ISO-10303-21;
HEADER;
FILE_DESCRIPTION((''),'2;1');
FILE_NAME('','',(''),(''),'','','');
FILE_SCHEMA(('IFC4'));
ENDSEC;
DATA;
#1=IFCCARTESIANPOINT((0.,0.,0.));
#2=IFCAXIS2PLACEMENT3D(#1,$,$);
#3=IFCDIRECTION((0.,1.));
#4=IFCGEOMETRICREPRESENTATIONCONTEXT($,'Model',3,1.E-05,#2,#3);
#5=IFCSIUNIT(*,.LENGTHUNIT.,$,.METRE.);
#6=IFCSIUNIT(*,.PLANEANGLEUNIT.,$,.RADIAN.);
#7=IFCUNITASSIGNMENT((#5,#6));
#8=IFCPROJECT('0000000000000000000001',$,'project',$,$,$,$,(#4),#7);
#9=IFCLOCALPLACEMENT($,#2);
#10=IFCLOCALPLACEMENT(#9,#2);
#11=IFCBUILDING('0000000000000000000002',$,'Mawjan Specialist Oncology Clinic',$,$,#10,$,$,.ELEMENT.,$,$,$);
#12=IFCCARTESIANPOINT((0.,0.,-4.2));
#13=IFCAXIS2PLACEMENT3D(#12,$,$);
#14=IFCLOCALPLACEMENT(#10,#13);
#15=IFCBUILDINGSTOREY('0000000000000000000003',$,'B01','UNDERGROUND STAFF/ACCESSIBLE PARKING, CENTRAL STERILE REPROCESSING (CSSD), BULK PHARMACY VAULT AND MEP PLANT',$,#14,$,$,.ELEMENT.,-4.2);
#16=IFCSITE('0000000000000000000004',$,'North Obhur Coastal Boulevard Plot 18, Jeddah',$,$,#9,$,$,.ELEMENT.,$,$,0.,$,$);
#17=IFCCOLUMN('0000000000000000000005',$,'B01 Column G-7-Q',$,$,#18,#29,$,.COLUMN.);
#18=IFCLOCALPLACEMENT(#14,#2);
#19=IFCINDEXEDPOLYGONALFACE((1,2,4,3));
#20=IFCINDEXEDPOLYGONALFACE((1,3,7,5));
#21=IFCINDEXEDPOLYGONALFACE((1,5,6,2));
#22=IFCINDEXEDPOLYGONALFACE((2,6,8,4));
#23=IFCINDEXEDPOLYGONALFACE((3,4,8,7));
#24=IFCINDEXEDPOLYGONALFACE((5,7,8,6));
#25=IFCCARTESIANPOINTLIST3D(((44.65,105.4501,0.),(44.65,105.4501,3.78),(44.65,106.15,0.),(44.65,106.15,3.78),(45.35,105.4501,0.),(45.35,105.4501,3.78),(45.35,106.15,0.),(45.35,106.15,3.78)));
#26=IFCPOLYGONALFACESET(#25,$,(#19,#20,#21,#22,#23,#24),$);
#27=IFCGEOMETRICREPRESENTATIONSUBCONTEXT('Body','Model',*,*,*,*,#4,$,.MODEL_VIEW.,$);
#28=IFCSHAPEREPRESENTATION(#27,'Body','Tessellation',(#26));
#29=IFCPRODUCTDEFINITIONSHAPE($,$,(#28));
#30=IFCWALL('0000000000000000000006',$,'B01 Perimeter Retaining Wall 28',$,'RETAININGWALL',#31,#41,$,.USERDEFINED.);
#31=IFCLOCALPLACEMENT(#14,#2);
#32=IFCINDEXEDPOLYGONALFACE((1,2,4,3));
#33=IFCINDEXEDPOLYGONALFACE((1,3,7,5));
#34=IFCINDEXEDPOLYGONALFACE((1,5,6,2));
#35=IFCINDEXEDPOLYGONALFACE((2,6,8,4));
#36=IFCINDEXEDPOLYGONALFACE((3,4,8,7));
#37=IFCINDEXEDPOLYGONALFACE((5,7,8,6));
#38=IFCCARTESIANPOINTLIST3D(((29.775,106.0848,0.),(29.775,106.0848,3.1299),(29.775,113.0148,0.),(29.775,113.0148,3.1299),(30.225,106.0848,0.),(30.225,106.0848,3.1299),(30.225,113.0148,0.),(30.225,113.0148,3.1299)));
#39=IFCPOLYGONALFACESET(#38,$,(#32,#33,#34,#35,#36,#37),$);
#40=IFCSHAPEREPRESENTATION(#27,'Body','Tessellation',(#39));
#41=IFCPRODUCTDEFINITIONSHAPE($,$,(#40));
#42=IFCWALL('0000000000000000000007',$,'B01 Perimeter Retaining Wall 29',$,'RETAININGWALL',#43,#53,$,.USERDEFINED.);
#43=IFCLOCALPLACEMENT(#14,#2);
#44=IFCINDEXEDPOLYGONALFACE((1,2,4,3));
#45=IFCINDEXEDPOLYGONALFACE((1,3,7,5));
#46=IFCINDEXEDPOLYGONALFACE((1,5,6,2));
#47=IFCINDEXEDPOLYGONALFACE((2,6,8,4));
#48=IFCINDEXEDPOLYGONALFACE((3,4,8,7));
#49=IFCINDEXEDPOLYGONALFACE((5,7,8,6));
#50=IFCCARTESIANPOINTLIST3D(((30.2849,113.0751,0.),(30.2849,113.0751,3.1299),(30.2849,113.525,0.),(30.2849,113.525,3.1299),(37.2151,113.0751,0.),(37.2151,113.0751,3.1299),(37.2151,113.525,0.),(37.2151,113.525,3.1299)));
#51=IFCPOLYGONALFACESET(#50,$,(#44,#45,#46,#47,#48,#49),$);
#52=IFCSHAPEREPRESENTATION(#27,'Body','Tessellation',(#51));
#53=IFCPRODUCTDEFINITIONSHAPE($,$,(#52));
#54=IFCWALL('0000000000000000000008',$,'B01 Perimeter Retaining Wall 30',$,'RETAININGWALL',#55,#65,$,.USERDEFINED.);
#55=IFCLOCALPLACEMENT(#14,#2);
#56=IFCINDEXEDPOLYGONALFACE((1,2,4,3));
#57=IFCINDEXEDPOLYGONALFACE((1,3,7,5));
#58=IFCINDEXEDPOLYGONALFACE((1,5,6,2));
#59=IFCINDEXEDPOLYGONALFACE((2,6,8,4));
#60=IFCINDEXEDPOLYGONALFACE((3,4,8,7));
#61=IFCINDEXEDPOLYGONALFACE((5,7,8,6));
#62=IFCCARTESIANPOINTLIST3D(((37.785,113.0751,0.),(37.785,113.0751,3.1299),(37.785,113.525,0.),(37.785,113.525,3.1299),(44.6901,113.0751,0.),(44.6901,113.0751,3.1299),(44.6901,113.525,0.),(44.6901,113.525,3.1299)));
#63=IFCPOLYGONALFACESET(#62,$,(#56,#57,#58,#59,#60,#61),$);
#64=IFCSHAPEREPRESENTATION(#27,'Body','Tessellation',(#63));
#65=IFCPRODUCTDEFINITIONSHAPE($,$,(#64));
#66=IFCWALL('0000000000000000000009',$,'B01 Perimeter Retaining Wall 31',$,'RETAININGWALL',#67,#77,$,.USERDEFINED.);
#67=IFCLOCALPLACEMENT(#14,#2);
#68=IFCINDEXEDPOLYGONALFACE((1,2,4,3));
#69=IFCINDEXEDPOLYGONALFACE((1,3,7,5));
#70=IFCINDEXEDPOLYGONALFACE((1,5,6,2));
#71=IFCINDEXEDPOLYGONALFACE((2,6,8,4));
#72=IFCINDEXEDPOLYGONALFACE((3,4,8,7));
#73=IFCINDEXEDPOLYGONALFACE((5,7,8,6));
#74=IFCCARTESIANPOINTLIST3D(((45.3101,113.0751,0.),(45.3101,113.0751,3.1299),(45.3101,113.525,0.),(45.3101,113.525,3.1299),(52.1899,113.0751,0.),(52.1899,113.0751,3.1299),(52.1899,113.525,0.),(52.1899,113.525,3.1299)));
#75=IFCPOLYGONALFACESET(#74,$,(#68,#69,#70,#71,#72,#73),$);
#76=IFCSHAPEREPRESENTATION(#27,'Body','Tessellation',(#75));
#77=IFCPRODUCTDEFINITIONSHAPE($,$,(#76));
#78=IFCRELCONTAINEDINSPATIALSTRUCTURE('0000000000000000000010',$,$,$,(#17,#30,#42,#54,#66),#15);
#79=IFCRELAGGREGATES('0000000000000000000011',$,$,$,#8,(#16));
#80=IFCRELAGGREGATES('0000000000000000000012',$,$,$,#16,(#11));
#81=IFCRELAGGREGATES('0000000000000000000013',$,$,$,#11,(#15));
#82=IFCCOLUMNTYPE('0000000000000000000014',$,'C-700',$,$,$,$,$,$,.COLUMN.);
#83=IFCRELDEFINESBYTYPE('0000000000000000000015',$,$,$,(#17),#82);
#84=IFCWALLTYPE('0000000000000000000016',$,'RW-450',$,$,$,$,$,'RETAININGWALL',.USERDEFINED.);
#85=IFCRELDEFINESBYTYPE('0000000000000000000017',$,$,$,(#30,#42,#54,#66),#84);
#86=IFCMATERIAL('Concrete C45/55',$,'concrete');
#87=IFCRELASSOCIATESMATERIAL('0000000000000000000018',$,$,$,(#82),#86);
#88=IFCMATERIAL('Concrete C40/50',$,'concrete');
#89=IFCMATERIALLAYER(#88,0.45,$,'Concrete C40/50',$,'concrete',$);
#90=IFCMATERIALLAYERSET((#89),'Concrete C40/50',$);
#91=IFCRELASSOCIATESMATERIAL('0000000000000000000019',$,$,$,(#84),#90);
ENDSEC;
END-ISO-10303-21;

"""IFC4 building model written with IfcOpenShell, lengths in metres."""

from ifc_helpers import new_model, si_unit, direction, frame, frame_2d, origin, origin_2d, place, context, subcontext, project, spatial, rectangle, extrude, material, layer, layer_set, material_profile, profile_set, type_object, element, save


model = new_model("IFC4")

# Units and contexts
model_context = context("Model", 3, precision=1e-05, world=origin(), true_north=direction((0.0, 1.0)))
body_context = subcontext(model_context, "Body", "Model", "MODEL_VIEW")
ifc_project = project(units=[si_unit("LENGTHUNIT", "METRE"), si_unit("PLANEANGLEUNIT", "RADIAN")], contexts=[model_context])

# Site, building, storey
site_placement = place(None, origin())
site = spatial("IfcSite", under=ifc_project, at=site_placement, Name="North Obhur Coastal Boulevard Plot 18, Jeddah", CompositionType="ELEMENT", RefElevation=0.0)
building_placement = place(site_placement, origin())
building = spatial("IfcBuilding", under=site, at=building_placement, Name="Mawjan Specialist Oncology Clinic", CompositionType="ELEMENT")
storey_placement = place(building_placement, frame((0.0, 0.0, -4.2)))
storey = spatial("IfcBuildingStorey", under=building, at=storey_placement, Name="B01", Description="UNDERGROUND STAFF/ACCESSIBLE PARKING, CENTRAL STERILE REPROCESSING (CSSD), BULK PHARMACY VAULT AND MEP PLANT", CompositionType="ELEMENT", Elevation=-4.2)

# Column
ifc_material_1 = material(Name="Concrete C45/55", Category="concrete")
ifc_material_profile_1 = material_profile(ifc_material_1, rectangle(XDim=0.7, YDim=0.7, at=origin_2d()), Name="RC COL 700x700", Category="concrete")
ifc_profile_set_1 = profile_set([ifc_material_profile_1], Name="Concrete C45/55")
column_type_1 = type_object("IfcColumnType", Name="C-700", PredefinedType="COLUMN", material=ifc_profile_set_1)
column_1_placement = place(storey_placement, frame((45.0, 105.8, 0.0), z_axis=(0.0, 0.0, 1.0), x_axis=(1.0, 0.0, 0.0)))
element("IfcColumn", 1, at=column_1_placement, inside=storey, type_object=column_type_1, Name="B01 Column G-7-Q", PredefinedType="COLUMN", context=body_context, shape_type="SweptSolid", body=[
    extrude(rectangle(XDim=0.7, YDim=0.7, at=origin_2d()), origin(), (0.0, 0.0, 1.0), 3.78),
])

# Walls
ifc_material_2 = material(Name="Concrete C40/50", Category="concrete")
ifc_layer = layer(ifc_material_2, 0.45, Name="Concrete C40/50", Category="concrete")
ifc_layer_set = layer_set([ifc_layer], Name="Concrete C40/50")
wall_type = type_object("IfcWallType", Name="RW-450", ElementType="RETAININGWALL", PredefinedType="USERDEFINED", material=ifc_layer_set)
wall_1_placement = place(storey_placement, frame((30.0, 106.085, 0.0), z_axis=(0.0, 0.0, 1.0), x_axis=(0.0, 1.0, 0.0)))
element("IfcWall", 2, at=wall_1_placement, inside=storey, type_object=wall_type, Name="B01 Perimeter Retaining Wall 28", ObjectType="RETAININGWALL", PredefinedType="USERDEFINED", context=body_context, shape_type="SweptSolid", body=[
    extrude(rectangle(XDim=6.9299, YDim=0.45, at=frame_2d((3.4648, 0.0))), origin(), (0.0, 0.0, 1.0), 3.1299),
])
wall_2_placement = place(storey_placement, frame((30.2849, 113.3, 0.0), z_axis=(0.0, 0.0, 1.0), x_axis=(1.0, 0.0, 0.0)))
element("IfcWall", 3, at=wall_2_placement, inside=storey, type_object=wall_type, Name="B01 Perimeter Retaining Wall 29", ObjectType="RETAININGWALL", PredefinedType="USERDEFINED", context=body_context, shape_type="SweptSolid", body=[
    extrude(rectangle(XDim=6.9302, YDim=0.45, at=frame_2d((3.4651, 0.0))), origin(), (0.0, 0.0, 1.0), 3.1299),
])
wall_3_placement = place(storey_placement, frame((37.7849, 113.3, 0.0), z_axis=(0.0, 0.0, 1.0), x_axis=(1.0, 0.0, 0.0)))
element("IfcWall", 4, at=wall_3_placement, inside=storey, type_object=wall_type, Name="B01 Perimeter Retaining Wall 30", ObjectType="RETAININGWALL", PredefinedType="USERDEFINED", context=body_context, shape_type="SweptSolid", body=[
    extrude(rectangle(XDim=6.905, YDim=0.45, at=frame_2d((3.4526, 0.0))), origin(), (0.0, 0.0, 1.0), 3.1299),
])
wall_4_placement = place(storey_placement, frame((45.3101, 113.3, 0.0), z_axis=(0.0, 0.0, 1.0), x_axis=(1.0, 0.0, 0.0)))
element("IfcWall", 5, at=wall_4_placement, inside=storey, type_object=wall_type, Name="B01 Perimeter Retaining Wall 31", ObjectType="RETAININGWALL", PredefinedType="USERDEFINED", context=body_context, shape_type="SweptSolid", body=[
    extrude(rectangle(XDim=6.8799, YDim=0.45, at=frame_2d((3.4399, 0.0))), origin(), (0.0, 0.0, 1.0), 3.1299),
])

save(model, "model.ifc")
